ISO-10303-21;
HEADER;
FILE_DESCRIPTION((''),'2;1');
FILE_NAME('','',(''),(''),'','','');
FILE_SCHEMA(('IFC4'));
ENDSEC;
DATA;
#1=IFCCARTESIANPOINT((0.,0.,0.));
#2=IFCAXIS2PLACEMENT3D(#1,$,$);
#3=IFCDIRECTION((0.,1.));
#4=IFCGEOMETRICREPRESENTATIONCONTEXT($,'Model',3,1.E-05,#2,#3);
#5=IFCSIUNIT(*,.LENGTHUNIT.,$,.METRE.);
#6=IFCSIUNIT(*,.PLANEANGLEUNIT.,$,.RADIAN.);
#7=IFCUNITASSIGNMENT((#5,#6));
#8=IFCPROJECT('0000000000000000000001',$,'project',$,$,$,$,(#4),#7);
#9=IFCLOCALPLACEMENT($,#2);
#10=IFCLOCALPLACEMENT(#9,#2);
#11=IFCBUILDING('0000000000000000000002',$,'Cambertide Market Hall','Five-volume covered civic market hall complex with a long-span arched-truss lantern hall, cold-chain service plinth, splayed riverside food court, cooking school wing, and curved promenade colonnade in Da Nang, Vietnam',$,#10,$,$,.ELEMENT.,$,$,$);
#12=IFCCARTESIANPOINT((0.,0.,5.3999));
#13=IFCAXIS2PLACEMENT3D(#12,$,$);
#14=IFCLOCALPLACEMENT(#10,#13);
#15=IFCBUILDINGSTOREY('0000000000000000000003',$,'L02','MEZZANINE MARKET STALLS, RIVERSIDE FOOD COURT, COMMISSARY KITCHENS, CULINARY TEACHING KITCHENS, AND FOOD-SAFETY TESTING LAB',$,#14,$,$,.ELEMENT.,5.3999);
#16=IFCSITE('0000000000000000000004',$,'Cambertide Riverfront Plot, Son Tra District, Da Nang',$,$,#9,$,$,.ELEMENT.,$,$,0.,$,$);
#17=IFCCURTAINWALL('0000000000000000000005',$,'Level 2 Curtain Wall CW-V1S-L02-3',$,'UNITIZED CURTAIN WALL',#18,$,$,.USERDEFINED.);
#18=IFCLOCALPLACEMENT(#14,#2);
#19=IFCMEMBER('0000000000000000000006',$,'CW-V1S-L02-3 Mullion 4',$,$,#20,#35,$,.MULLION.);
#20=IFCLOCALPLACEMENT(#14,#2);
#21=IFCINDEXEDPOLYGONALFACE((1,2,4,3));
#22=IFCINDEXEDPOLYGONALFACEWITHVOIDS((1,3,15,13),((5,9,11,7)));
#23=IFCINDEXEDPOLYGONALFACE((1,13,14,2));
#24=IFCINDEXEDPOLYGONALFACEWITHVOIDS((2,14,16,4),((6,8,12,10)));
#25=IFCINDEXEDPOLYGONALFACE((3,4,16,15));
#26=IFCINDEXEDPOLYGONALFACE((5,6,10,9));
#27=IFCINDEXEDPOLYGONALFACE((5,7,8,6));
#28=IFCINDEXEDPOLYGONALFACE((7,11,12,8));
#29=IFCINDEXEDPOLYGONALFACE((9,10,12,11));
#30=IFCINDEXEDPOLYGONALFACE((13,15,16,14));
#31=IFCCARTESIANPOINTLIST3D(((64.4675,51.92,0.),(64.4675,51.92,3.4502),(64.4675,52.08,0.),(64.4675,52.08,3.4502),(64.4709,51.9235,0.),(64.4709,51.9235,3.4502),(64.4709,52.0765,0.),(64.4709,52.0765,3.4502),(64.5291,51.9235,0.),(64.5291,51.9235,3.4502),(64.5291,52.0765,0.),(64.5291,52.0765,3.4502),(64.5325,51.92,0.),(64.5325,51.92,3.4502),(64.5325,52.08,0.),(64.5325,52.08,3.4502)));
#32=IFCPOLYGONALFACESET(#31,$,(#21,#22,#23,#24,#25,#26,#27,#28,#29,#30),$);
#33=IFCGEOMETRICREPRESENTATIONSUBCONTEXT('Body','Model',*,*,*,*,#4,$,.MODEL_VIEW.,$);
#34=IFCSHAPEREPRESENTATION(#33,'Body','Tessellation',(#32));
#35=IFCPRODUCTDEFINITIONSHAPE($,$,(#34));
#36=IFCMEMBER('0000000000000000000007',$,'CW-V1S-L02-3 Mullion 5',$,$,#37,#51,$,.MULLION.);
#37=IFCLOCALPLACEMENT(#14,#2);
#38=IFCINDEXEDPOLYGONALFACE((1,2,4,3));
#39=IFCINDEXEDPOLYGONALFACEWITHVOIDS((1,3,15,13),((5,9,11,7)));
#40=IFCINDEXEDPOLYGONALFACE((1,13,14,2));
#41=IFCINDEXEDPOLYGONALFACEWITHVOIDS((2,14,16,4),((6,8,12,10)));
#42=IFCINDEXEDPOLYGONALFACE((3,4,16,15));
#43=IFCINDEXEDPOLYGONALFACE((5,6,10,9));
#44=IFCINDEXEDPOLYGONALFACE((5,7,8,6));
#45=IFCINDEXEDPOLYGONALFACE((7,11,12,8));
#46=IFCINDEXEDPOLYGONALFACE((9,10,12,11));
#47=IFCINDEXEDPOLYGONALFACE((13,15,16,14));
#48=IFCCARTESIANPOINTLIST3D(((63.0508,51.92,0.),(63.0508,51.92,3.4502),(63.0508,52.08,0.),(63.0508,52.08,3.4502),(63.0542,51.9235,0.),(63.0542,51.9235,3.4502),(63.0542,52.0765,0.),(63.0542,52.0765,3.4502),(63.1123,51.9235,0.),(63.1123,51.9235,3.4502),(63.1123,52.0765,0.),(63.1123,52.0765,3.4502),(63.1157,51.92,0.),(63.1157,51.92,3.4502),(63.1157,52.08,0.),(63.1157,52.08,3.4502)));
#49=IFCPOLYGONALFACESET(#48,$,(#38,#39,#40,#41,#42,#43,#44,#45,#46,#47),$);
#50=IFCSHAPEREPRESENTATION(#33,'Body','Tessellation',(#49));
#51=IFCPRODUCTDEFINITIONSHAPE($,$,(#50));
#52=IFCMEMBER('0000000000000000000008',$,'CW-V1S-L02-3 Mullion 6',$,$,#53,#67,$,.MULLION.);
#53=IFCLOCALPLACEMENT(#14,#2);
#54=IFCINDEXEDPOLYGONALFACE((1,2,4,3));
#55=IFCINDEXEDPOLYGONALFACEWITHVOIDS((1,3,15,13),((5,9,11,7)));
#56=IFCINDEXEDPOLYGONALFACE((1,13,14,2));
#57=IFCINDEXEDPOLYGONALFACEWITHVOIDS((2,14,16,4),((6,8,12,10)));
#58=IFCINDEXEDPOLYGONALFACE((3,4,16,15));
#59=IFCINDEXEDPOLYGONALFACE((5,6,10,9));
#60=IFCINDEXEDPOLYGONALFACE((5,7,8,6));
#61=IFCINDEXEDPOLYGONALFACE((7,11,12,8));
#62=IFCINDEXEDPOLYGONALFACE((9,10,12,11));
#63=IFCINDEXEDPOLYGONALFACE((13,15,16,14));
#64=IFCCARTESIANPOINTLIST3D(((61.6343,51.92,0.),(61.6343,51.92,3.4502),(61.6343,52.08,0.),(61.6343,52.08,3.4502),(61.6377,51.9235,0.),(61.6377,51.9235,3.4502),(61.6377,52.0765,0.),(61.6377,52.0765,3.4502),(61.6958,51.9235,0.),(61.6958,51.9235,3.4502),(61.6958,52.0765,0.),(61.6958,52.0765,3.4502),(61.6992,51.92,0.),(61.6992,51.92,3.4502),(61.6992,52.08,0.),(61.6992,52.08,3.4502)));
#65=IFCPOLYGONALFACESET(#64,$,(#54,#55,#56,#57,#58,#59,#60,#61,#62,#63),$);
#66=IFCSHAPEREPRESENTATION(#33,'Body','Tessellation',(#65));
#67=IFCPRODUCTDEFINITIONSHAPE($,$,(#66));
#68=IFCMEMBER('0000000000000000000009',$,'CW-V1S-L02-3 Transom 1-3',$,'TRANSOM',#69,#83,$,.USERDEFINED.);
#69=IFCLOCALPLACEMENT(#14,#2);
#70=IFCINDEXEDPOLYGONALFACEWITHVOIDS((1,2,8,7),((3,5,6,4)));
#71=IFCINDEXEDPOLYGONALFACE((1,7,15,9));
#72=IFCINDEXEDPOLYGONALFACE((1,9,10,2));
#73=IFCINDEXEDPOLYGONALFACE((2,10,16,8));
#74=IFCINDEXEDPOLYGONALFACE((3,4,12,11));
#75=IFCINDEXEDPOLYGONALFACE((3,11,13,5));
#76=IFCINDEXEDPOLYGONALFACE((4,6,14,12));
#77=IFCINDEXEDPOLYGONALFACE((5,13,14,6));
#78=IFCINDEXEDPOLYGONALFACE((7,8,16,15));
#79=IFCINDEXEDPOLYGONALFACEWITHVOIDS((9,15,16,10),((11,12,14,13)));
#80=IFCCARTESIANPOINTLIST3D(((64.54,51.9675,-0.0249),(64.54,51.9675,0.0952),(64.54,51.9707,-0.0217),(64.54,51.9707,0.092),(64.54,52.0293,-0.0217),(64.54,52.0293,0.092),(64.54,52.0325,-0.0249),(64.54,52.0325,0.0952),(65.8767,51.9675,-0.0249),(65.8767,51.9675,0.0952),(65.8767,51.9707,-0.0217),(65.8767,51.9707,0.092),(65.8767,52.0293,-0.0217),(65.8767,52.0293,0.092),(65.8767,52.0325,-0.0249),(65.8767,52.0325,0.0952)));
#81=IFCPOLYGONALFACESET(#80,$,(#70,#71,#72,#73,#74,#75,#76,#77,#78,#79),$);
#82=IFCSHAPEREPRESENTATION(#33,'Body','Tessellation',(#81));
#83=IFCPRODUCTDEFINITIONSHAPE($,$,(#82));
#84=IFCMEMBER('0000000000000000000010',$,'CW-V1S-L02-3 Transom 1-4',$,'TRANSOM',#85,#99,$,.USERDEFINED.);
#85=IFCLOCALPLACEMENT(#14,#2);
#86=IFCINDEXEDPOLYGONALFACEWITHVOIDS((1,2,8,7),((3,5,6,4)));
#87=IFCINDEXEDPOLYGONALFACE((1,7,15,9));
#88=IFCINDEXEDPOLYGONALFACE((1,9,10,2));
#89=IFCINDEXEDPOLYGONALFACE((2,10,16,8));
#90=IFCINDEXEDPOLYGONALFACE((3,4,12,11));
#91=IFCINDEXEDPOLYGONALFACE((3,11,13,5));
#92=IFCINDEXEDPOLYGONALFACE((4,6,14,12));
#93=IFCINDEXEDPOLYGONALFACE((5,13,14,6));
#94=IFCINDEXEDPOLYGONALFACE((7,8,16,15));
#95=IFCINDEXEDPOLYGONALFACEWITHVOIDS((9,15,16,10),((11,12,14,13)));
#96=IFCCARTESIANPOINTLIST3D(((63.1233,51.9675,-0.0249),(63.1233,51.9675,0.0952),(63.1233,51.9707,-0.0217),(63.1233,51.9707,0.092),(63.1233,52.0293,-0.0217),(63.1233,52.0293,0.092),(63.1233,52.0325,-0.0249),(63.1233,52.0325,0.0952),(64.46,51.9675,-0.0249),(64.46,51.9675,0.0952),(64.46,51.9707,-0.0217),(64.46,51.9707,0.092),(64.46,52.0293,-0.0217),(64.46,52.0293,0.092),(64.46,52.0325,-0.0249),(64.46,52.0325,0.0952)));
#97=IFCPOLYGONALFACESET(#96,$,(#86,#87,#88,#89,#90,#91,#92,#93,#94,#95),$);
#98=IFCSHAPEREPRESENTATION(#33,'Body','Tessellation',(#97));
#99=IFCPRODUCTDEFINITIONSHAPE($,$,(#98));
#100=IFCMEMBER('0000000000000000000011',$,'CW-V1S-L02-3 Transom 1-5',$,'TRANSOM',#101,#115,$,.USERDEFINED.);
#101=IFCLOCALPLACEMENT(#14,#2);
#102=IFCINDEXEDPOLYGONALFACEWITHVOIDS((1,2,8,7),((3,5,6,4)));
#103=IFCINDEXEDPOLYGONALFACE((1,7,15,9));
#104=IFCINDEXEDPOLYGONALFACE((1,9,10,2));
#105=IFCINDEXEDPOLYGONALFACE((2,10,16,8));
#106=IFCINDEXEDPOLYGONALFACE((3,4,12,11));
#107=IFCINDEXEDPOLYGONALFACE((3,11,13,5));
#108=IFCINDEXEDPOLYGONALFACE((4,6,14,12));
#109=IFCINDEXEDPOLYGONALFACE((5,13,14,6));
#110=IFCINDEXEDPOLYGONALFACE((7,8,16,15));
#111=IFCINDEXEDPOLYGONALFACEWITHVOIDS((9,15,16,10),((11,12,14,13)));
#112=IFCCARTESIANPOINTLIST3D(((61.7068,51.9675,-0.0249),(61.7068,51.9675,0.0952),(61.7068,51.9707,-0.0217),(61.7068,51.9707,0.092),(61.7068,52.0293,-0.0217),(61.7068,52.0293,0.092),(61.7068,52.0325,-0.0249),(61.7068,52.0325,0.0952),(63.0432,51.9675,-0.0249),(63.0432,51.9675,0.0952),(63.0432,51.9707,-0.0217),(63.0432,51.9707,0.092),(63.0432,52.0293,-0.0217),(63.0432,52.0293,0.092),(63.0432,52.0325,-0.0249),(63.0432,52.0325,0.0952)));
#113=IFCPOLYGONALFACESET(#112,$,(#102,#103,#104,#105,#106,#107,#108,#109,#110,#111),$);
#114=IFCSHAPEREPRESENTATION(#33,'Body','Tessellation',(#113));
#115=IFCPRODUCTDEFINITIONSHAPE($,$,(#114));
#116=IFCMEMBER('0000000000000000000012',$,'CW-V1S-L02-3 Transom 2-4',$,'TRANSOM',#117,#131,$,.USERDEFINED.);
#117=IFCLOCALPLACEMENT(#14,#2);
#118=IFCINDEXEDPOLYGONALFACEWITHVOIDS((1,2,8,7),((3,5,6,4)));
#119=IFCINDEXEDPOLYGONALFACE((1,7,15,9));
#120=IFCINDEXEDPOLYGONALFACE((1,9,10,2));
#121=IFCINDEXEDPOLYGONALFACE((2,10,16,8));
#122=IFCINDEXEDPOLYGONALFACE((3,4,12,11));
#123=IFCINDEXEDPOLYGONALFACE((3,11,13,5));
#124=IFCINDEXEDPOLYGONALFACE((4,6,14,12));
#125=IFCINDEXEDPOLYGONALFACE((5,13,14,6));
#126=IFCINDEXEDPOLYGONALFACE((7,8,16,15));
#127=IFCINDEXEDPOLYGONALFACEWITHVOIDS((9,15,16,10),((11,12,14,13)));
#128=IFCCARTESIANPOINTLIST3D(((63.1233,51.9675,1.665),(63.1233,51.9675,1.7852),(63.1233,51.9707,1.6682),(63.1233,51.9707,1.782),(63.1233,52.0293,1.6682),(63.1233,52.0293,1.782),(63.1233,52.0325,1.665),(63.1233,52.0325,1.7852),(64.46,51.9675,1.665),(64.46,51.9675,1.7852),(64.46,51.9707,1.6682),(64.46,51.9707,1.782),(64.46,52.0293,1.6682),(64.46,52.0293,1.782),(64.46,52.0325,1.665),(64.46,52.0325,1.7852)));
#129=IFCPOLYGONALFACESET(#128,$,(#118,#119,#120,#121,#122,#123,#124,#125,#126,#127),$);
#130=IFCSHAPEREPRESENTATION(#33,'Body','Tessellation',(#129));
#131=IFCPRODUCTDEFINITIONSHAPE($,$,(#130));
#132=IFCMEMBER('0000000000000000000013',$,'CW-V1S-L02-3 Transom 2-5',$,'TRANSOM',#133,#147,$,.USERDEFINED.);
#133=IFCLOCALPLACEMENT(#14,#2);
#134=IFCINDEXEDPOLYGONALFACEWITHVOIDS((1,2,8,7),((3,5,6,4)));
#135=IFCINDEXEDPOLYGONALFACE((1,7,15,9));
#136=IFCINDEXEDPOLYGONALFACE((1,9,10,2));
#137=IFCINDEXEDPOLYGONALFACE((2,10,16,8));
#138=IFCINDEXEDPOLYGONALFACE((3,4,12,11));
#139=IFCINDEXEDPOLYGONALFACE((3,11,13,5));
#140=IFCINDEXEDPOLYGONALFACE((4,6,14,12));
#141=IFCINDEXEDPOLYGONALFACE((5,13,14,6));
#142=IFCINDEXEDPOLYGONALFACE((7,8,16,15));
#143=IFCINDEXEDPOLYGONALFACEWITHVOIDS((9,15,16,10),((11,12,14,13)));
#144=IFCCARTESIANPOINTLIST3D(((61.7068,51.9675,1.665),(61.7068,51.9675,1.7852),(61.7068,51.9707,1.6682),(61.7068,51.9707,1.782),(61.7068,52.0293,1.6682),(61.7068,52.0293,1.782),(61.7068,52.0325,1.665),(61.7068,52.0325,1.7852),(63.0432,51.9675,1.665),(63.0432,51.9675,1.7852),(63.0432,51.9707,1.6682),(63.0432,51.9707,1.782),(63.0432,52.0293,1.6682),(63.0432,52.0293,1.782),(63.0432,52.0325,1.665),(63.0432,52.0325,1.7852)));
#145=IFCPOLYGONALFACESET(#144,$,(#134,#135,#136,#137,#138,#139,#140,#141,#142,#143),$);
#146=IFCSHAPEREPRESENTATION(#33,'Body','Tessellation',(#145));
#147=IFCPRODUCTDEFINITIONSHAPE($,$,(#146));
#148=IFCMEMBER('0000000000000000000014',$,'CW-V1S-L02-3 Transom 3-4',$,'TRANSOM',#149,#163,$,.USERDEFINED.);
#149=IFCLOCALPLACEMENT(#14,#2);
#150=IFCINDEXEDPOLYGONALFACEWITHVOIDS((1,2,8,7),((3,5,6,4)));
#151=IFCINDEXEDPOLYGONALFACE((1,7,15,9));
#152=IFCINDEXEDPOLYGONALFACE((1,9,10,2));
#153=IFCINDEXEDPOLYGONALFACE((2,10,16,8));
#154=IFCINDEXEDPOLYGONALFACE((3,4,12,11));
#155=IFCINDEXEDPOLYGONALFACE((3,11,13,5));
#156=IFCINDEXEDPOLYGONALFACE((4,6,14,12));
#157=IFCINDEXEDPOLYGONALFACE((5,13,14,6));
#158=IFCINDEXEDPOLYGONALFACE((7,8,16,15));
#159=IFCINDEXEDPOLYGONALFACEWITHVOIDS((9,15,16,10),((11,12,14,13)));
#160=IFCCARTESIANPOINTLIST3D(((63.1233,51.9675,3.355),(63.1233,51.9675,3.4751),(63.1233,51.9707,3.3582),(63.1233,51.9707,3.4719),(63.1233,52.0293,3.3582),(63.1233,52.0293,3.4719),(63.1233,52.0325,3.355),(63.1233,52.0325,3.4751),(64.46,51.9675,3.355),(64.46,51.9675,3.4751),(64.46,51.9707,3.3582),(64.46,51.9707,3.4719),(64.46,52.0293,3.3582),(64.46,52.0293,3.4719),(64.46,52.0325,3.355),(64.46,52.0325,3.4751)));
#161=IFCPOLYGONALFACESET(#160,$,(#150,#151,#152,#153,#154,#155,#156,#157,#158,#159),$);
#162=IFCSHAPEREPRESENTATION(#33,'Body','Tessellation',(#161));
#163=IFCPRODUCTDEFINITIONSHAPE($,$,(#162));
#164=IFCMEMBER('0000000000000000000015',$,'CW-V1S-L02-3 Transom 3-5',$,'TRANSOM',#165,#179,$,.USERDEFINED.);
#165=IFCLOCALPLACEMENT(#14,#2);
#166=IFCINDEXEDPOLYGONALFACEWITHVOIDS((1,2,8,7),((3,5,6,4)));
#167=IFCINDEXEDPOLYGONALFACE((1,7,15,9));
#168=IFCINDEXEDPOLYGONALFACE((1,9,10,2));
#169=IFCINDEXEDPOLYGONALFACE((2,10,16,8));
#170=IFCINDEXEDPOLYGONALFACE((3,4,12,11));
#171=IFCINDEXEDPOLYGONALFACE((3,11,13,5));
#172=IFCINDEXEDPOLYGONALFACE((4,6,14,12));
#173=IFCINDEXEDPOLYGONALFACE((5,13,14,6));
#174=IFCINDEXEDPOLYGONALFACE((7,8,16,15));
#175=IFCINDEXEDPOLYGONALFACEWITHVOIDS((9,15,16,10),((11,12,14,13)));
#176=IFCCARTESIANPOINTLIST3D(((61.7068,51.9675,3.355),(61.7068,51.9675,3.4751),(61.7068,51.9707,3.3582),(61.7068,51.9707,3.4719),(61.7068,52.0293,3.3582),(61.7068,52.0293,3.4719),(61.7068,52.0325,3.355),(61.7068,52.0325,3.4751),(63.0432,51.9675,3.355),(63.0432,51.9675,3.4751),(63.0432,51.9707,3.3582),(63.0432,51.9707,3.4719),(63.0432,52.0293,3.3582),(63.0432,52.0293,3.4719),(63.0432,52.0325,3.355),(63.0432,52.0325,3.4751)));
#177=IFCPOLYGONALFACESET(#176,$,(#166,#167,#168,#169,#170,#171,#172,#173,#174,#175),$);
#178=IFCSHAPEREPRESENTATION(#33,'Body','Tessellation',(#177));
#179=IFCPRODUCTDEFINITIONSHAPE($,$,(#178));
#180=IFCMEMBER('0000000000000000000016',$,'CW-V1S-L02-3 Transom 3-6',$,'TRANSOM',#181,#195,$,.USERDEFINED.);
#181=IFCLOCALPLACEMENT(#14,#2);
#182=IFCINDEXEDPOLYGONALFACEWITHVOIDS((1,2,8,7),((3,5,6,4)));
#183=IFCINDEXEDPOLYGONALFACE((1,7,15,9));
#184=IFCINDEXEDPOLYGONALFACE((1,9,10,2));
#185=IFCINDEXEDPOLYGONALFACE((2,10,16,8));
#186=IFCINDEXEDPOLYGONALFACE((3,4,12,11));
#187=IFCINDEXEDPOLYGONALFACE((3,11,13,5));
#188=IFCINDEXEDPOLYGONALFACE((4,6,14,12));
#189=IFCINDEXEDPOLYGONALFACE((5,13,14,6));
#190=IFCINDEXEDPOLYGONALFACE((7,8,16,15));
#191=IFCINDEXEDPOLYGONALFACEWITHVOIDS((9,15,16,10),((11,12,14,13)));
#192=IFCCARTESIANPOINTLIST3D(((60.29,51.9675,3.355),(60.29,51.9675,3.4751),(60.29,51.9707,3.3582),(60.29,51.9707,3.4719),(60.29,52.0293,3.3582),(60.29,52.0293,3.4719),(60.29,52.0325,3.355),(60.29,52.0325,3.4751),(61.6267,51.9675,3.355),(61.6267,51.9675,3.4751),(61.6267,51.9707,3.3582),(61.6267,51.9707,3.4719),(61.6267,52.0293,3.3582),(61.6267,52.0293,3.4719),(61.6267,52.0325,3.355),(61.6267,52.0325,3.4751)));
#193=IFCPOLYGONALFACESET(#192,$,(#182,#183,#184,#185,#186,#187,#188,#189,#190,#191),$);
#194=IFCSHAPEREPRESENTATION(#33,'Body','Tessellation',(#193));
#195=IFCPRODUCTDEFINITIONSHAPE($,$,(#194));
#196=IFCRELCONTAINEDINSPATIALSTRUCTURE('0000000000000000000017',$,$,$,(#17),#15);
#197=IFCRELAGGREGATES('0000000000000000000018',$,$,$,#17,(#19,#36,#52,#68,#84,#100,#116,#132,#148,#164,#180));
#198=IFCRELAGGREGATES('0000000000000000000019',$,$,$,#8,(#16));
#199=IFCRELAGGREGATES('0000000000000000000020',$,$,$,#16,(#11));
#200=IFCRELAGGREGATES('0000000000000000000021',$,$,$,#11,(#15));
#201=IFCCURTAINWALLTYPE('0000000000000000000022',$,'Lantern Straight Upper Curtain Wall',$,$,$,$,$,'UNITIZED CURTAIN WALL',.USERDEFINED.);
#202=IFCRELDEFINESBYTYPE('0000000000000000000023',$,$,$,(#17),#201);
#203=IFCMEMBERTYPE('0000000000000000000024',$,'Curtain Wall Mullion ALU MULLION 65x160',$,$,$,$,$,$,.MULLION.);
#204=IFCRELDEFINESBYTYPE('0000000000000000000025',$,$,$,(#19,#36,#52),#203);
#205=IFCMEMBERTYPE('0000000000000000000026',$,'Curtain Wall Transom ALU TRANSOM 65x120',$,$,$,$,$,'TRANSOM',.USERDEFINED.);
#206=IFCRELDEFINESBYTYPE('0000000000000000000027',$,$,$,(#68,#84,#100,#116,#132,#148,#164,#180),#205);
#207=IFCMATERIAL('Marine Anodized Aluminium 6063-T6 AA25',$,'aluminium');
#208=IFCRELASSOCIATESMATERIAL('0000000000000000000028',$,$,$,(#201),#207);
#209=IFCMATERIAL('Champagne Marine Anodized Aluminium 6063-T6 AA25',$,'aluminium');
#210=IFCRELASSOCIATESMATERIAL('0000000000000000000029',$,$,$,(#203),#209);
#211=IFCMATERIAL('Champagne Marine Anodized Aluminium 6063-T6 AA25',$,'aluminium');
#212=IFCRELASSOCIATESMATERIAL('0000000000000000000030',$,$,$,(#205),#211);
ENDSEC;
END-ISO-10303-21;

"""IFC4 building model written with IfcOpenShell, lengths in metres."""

from ifc_helpers import new_model, si_unit, direction, frame, origin, origin_2d, place, context, subcontext, project, spatial, hollow_rectangle, extrude, material, material_profile, profile_set, type_object, element, aggregate, save


model = new_model("IFC4")

# Units and contexts
model_context = context("Model", 3, precision=1e-05, world=origin(), true_north=direction((0.0, 1.0)))
body_context = subcontext(model_context, "Body", "Model", "MODEL_VIEW")
ifc_project = project(units=[si_unit("LENGTHUNIT", "METRE"), si_unit("PLANEANGLEUNIT", "RADIAN")], contexts=[model_context])

# Site, building, storey
site_placement = place(None, origin())
site = spatial("IfcSite", under=ifc_project, at=site_placement, Name="Cambertide Riverfront Plot, Son Tra District, Da Nang", CompositionType="ELEMENT", RefElevation=0.0)
building_placement = place(site_placement, origin())
building = spatial("IfcBuilding", under=site, at=building_placement, Name="Cambertide Market Hall", Description="Five-volume covered civic market hall complex with a long-span arched-truss lantern hall, cold-chain service plinth, splayed riverside food court, cooking school wing, and curved promenade colonnade in Da Nang, Vietnam", CompositionType="ELEMENT")
storey_placement = place(building_placement, frame((0.0, 0.0, 5.3999)))
storey = spatial("IfcBuildingStorey", under=building, at=storey_placement, Name="L02", Description="MEZZANINE MARKET STALLS, RIVERSIDE FOOD COURT, COMMISSARY KITCHENS, CULINARY TEACHING KITCHENS, AND FOOD-SAFETY TESTING LAB", CompositionType="ELEMENT", Elevation=5.3999)

# Curtain wall, members
ifc_material_1 = material(Name="Marine Anodized Aluminium 6063-T6 AA25", Category="aluminium")
curtain_wall_type = type_object("IfcCurtainWallType", Name="Lantern Straight Upper Curtain Wall", ElementType="UNITIZED CURTAIN WALL", PredefinedType="USERDEFINED", material=ifc_material_1)
curtain_wall_placement = place(storey_placement, origin())
curtain_wall = element("IfcCurtainWall", 1, at=curtain_wall_placement, inside=storey, type_object=curtain_wall_type, Name="Level 2 Curtain Wall CW-V1S-L02-3", ObjectType="UNITIZED CURTAIN WALL", PredefinedType="USERDEFINED")
ifc_material_2 = material(Name="Champagne Marine Anodized Aluminium 6063-T6 AA25", Category="aluminium")
ifc_material_profile_1 = material_profile(ifc_material_2, hollow_rectangle(XDim=0.0649, YDim=0.1599, WallThickness=0.0034, at=origin_2d()), Name="ALU MULLION 65x160")
ifc_profile_set_1 = profile_set([ifc_material_profile_1], Name="Champagne Marine Anodized Aluminium 6063-T6 AA25")
member_type_1 = type_object("IfcMemberType", Name="Curtain Wall Mullion ALU MULLION 65x160", PredefinedType="MULLION", material=ifc_profile_set_1)
member_1_placement = place(storey_placement, frame((64.5, 52.0, 0.0), z_axis=(0.0, 0.0, 1.0), x_axis=(-1.0, 0.0, 0.0)))
member_1 = element("IfcMember", 2, at=member_1_placement, type_object=member_type_1, Name="CW-V1S-L02-3 Mullion 4", PredefinedType="MULLION", context=body_context, shape_type="SweptSolid", body=[
    extrude(hollow_rectangle(XDim=0.0649, YDim=0.1599, WallThickness=0.0034, at=origin_2d()), origin(), (0.0, 0.0, 1.0), 3.4502),
])
member_2_placement = place(storey_placement, frame((63.0833, 52.0, 0.0), z_axis=(0.0, 0.0, 1.0), x_axis=(-1.0, 0.0, 0.0)))
member_2 = element("IfcMember", 3, at=member_2_placement, type_object=member_type_1, Name="CW-V1S-L02-3 Mullion 5", PredefinedType="MULLION", context=body_context, shape_type="SweptSolid", body=[
    extrude(hollow_rectangle(XDim=0.0649, YDim=0.1599, WallThickness=0.0034, at=origin_2d()), origin(), (0.0, 0.0, 1.0), 3.4502),
])
member_3_placement = place(storey_placement, frame((61.6667, 52.0, 0.0), z_axis=(0.0, 0.0, 1.0), x_axis=(-1.0, 0.0, 0.0)))
member_3 = element("IfcMember", 4, at=member_3_placement, type_object=member_type_1, Name="CW-V1S-L02-3 Mullion 6", PredefinedType="MULLION", context=body_context, shape_type="SweptSolid", body=[
    extrude(hollow_rectangle(XDim=0.0649, YDim=0.1599, WallThickness=0.0034, at=origin_2d()), origin(), (0.0, 0.0, 1.0), 3.4502),
])
ifc_material_3 = material(Name="Champagne Marine Anodized Aluminium 6063-T6 AA25", Category="aluminium")
ifc_material_profile_2 = material_profile(ifc_material_3, hollow_rectangle(XDim=0.0649, YDim=0.1201, WallThickness=0.0032, at=origin_2d()), Name="ALU TRANSOM 65x120")
ifc_profile_set_2 = profile_set([ifc_material_profile_2], Name="Champagne Marine Anodized Aluminium 6063-T6 AA25")
member_type_2 = type_object("IfcMemberType", Name="Curtain Wall Transom ALU TRANSOM 65x120", ElementType="TRANSOM", PredefinedType="USERDEFINED", material=ifc_profile_set_2)
member_4_placement = place(storey_placement, frame((65.8767, 52.0, 0.0352), z_axis=(-1.0, 0.0, 0.0), x_axis=(0.0, -1.0, 0.0)))
member_4 = element("IfcMember", 5, at=member_4_placement, type_object=member_type_2, Name="CW-V1S-L02-3 Transom 1-3", ObjectType="TRANSOM", PredefinedType="USERDEFINED", context=body_context, shape_type="SweptSolid", body=[
    extrude(hollow_rectangle(XDim=0.0649, YDim=0.1201, WallThickness=0.0032, at=origin_2d()), origin(), (0.0, 0.0, 1.0), 1.3367),
])
member_5_placement = place(storey_placement, frame((64.46, 52.0, 0.0352), z_axis=(-1.0, 0.0, 0.0), x_axis=(0.0, -1.0, 0.0)))
member_5 = element("IfcMember", 6, at=member_5_placement, type_object=member_type_2, Name="CW-V1S-L02-3 Transom 1-4", ObjectType="TRANSOM", PredefinedType="USERDEFINED", context=body_context, shape_type="SweptSolid", body=[
    extrude(hollow_rectangle(XDim=0.0649, YDim=0.1201, WallThickness=0.0032, at=origin_2d()), origin(), (0.0, 0.0, 1.0), 1.3367),
])
member_6_placement = place(storey_placement, frame((63.0432, 52.0, 0.0352), z_axis=(-1.0, 0.0, 0.0), x_axis=(0.0, -1.0, 0.0)))
member_6 = element("IfcMember", 7, at=member_6_placement, type_object=member_type_2, Name="CW-V1S-L02-3 Transom 1-5", ObjectType="TRANSOM", PredefinedType="USERDEFINED", context=body_context, shape_type="SweptSolid", body=[
    extrude(hollow_rectangle(XDim=0.0649, YDim=0.1201, WallThickness=0.0032, at=origin_2d()), origin(), (0.0, 0.0, 1.0), 1.3364),
])
member_7_placement = place(storey_placement, frame((64.46, 52.0, 1.7251), z_axis=(-1.0, 0.0, 0.0), x_axis=(0.0, -1.0, 0.0)))
member_7 = element("IfcMember", 8, at=member_7_placement, type_object=member_type_2, Name="CW-V1S-L02-3 Transom 2-4", ObjectType="TRANSOM", PredefinedType="USERDEFINED", context=body_context, shape_type="SweptSolid", body=[
    extrude(hollow_rectangle(XDim=0.0649, YDim=0.1201, WallThickness=0.0032, at=origin_2d()), origin(), (0.0, 0.0, 1.0), 1.3367),
])
member_8_placement = place(storey_placement, frame((63.0432, 52.0, 1.7251), z_axis=(-1.0, 0.0, 0.0), x_axis=(0.0, -1.0, 0.0)))
member_8 = element("IfcMember", 9, at=member_8_placement, type_object=member_type_2, Name="CW-V1S-L02-3 Transom 2-5", ObjectType="TRANSOM", PredefinedType="USERDEFINED", context=body_context, shape_type="SweptSolid", body=[
    extrude(hollow_rectangle(XDim=0.0649, YDim=0.1201, WallThickness=0.0032, at=origin_2d()), origin(), (0.0, 0.0, 1.0), 1.3364),
])
member_9_placement = place(storey_placement, frame((64.46, 52.0, 3.415), z_axis=(-1.0, 0.0, 0.0), x_axis=(0.0, -1.0, 0.0)))
member_9 = element("IfcMember", 10, at=member_9_placement, type_object=member_type_2, Name="CW-V1S-L02-3 Transom 3-4", ObjectType="TRANSOM", PredefinedType="USERDEFINED", context=body_context, shape_type="SweptSolid", body=[
    extrude(hollow_rectangle(XDim=0.0649, YDim=0.1201, WallThickness=0.0032, at=origin_2d()), origin(), (0.0, 0.0, 1.0), 1.3367),
])
member_10_placement = place(storey_placement, frame((63.0432, 52.0, 3.415), z_axis=(-1.0, 0.0, 0.0), x_axis=(0.0, -1.0, 0.0)))
member_10 = element("IfcMember", 11, at=member_10_placement, type_object=member_type_2, Name="CW-V1S-L02-3 Transom 3-5", ObjectType="TRANSOM", PredefinedType="USERDEFINED", context=body_context, shape_type="SweptSolid", body=[
    extrude(hollow_rectangle(XDim=0.0649, YDim=0.1201, WallThickness=0.0032, at=origin_2d()), origin(), (0.0, 0.0, 1.0), 1.3364),
])
member_11_placement = place(storey_placement, frame((61.6267, 52.0, 3.415), z_axis=(-1.0, 0.0, 0.0), x_axis=(0.0, -1.0, 0.0)))
member_11 = element("IfcMember", 12, at=member_11_placement, type_object=member_type_2, Name="CW-V1S-L02-3 Transom 3-6", ObjectType="TRANSOM", PredefinedType="USERDEFINED", context=body_context, shape_type="SweptSolid", body=[
    extrude(hollow_rectangle(XDim=0.0649, YDim=0.1201, WallThickness=0.0032, at=origin_2d()), origin(), (0.0, 0.0, 1.0), 1.3367),
])
aggregate(curtain_wall, [member_1, member_2, member_3, member_4, member_5, member_6, member_7, member_8, member_9, member_10, member_11])

save(model, "model.ifc")
